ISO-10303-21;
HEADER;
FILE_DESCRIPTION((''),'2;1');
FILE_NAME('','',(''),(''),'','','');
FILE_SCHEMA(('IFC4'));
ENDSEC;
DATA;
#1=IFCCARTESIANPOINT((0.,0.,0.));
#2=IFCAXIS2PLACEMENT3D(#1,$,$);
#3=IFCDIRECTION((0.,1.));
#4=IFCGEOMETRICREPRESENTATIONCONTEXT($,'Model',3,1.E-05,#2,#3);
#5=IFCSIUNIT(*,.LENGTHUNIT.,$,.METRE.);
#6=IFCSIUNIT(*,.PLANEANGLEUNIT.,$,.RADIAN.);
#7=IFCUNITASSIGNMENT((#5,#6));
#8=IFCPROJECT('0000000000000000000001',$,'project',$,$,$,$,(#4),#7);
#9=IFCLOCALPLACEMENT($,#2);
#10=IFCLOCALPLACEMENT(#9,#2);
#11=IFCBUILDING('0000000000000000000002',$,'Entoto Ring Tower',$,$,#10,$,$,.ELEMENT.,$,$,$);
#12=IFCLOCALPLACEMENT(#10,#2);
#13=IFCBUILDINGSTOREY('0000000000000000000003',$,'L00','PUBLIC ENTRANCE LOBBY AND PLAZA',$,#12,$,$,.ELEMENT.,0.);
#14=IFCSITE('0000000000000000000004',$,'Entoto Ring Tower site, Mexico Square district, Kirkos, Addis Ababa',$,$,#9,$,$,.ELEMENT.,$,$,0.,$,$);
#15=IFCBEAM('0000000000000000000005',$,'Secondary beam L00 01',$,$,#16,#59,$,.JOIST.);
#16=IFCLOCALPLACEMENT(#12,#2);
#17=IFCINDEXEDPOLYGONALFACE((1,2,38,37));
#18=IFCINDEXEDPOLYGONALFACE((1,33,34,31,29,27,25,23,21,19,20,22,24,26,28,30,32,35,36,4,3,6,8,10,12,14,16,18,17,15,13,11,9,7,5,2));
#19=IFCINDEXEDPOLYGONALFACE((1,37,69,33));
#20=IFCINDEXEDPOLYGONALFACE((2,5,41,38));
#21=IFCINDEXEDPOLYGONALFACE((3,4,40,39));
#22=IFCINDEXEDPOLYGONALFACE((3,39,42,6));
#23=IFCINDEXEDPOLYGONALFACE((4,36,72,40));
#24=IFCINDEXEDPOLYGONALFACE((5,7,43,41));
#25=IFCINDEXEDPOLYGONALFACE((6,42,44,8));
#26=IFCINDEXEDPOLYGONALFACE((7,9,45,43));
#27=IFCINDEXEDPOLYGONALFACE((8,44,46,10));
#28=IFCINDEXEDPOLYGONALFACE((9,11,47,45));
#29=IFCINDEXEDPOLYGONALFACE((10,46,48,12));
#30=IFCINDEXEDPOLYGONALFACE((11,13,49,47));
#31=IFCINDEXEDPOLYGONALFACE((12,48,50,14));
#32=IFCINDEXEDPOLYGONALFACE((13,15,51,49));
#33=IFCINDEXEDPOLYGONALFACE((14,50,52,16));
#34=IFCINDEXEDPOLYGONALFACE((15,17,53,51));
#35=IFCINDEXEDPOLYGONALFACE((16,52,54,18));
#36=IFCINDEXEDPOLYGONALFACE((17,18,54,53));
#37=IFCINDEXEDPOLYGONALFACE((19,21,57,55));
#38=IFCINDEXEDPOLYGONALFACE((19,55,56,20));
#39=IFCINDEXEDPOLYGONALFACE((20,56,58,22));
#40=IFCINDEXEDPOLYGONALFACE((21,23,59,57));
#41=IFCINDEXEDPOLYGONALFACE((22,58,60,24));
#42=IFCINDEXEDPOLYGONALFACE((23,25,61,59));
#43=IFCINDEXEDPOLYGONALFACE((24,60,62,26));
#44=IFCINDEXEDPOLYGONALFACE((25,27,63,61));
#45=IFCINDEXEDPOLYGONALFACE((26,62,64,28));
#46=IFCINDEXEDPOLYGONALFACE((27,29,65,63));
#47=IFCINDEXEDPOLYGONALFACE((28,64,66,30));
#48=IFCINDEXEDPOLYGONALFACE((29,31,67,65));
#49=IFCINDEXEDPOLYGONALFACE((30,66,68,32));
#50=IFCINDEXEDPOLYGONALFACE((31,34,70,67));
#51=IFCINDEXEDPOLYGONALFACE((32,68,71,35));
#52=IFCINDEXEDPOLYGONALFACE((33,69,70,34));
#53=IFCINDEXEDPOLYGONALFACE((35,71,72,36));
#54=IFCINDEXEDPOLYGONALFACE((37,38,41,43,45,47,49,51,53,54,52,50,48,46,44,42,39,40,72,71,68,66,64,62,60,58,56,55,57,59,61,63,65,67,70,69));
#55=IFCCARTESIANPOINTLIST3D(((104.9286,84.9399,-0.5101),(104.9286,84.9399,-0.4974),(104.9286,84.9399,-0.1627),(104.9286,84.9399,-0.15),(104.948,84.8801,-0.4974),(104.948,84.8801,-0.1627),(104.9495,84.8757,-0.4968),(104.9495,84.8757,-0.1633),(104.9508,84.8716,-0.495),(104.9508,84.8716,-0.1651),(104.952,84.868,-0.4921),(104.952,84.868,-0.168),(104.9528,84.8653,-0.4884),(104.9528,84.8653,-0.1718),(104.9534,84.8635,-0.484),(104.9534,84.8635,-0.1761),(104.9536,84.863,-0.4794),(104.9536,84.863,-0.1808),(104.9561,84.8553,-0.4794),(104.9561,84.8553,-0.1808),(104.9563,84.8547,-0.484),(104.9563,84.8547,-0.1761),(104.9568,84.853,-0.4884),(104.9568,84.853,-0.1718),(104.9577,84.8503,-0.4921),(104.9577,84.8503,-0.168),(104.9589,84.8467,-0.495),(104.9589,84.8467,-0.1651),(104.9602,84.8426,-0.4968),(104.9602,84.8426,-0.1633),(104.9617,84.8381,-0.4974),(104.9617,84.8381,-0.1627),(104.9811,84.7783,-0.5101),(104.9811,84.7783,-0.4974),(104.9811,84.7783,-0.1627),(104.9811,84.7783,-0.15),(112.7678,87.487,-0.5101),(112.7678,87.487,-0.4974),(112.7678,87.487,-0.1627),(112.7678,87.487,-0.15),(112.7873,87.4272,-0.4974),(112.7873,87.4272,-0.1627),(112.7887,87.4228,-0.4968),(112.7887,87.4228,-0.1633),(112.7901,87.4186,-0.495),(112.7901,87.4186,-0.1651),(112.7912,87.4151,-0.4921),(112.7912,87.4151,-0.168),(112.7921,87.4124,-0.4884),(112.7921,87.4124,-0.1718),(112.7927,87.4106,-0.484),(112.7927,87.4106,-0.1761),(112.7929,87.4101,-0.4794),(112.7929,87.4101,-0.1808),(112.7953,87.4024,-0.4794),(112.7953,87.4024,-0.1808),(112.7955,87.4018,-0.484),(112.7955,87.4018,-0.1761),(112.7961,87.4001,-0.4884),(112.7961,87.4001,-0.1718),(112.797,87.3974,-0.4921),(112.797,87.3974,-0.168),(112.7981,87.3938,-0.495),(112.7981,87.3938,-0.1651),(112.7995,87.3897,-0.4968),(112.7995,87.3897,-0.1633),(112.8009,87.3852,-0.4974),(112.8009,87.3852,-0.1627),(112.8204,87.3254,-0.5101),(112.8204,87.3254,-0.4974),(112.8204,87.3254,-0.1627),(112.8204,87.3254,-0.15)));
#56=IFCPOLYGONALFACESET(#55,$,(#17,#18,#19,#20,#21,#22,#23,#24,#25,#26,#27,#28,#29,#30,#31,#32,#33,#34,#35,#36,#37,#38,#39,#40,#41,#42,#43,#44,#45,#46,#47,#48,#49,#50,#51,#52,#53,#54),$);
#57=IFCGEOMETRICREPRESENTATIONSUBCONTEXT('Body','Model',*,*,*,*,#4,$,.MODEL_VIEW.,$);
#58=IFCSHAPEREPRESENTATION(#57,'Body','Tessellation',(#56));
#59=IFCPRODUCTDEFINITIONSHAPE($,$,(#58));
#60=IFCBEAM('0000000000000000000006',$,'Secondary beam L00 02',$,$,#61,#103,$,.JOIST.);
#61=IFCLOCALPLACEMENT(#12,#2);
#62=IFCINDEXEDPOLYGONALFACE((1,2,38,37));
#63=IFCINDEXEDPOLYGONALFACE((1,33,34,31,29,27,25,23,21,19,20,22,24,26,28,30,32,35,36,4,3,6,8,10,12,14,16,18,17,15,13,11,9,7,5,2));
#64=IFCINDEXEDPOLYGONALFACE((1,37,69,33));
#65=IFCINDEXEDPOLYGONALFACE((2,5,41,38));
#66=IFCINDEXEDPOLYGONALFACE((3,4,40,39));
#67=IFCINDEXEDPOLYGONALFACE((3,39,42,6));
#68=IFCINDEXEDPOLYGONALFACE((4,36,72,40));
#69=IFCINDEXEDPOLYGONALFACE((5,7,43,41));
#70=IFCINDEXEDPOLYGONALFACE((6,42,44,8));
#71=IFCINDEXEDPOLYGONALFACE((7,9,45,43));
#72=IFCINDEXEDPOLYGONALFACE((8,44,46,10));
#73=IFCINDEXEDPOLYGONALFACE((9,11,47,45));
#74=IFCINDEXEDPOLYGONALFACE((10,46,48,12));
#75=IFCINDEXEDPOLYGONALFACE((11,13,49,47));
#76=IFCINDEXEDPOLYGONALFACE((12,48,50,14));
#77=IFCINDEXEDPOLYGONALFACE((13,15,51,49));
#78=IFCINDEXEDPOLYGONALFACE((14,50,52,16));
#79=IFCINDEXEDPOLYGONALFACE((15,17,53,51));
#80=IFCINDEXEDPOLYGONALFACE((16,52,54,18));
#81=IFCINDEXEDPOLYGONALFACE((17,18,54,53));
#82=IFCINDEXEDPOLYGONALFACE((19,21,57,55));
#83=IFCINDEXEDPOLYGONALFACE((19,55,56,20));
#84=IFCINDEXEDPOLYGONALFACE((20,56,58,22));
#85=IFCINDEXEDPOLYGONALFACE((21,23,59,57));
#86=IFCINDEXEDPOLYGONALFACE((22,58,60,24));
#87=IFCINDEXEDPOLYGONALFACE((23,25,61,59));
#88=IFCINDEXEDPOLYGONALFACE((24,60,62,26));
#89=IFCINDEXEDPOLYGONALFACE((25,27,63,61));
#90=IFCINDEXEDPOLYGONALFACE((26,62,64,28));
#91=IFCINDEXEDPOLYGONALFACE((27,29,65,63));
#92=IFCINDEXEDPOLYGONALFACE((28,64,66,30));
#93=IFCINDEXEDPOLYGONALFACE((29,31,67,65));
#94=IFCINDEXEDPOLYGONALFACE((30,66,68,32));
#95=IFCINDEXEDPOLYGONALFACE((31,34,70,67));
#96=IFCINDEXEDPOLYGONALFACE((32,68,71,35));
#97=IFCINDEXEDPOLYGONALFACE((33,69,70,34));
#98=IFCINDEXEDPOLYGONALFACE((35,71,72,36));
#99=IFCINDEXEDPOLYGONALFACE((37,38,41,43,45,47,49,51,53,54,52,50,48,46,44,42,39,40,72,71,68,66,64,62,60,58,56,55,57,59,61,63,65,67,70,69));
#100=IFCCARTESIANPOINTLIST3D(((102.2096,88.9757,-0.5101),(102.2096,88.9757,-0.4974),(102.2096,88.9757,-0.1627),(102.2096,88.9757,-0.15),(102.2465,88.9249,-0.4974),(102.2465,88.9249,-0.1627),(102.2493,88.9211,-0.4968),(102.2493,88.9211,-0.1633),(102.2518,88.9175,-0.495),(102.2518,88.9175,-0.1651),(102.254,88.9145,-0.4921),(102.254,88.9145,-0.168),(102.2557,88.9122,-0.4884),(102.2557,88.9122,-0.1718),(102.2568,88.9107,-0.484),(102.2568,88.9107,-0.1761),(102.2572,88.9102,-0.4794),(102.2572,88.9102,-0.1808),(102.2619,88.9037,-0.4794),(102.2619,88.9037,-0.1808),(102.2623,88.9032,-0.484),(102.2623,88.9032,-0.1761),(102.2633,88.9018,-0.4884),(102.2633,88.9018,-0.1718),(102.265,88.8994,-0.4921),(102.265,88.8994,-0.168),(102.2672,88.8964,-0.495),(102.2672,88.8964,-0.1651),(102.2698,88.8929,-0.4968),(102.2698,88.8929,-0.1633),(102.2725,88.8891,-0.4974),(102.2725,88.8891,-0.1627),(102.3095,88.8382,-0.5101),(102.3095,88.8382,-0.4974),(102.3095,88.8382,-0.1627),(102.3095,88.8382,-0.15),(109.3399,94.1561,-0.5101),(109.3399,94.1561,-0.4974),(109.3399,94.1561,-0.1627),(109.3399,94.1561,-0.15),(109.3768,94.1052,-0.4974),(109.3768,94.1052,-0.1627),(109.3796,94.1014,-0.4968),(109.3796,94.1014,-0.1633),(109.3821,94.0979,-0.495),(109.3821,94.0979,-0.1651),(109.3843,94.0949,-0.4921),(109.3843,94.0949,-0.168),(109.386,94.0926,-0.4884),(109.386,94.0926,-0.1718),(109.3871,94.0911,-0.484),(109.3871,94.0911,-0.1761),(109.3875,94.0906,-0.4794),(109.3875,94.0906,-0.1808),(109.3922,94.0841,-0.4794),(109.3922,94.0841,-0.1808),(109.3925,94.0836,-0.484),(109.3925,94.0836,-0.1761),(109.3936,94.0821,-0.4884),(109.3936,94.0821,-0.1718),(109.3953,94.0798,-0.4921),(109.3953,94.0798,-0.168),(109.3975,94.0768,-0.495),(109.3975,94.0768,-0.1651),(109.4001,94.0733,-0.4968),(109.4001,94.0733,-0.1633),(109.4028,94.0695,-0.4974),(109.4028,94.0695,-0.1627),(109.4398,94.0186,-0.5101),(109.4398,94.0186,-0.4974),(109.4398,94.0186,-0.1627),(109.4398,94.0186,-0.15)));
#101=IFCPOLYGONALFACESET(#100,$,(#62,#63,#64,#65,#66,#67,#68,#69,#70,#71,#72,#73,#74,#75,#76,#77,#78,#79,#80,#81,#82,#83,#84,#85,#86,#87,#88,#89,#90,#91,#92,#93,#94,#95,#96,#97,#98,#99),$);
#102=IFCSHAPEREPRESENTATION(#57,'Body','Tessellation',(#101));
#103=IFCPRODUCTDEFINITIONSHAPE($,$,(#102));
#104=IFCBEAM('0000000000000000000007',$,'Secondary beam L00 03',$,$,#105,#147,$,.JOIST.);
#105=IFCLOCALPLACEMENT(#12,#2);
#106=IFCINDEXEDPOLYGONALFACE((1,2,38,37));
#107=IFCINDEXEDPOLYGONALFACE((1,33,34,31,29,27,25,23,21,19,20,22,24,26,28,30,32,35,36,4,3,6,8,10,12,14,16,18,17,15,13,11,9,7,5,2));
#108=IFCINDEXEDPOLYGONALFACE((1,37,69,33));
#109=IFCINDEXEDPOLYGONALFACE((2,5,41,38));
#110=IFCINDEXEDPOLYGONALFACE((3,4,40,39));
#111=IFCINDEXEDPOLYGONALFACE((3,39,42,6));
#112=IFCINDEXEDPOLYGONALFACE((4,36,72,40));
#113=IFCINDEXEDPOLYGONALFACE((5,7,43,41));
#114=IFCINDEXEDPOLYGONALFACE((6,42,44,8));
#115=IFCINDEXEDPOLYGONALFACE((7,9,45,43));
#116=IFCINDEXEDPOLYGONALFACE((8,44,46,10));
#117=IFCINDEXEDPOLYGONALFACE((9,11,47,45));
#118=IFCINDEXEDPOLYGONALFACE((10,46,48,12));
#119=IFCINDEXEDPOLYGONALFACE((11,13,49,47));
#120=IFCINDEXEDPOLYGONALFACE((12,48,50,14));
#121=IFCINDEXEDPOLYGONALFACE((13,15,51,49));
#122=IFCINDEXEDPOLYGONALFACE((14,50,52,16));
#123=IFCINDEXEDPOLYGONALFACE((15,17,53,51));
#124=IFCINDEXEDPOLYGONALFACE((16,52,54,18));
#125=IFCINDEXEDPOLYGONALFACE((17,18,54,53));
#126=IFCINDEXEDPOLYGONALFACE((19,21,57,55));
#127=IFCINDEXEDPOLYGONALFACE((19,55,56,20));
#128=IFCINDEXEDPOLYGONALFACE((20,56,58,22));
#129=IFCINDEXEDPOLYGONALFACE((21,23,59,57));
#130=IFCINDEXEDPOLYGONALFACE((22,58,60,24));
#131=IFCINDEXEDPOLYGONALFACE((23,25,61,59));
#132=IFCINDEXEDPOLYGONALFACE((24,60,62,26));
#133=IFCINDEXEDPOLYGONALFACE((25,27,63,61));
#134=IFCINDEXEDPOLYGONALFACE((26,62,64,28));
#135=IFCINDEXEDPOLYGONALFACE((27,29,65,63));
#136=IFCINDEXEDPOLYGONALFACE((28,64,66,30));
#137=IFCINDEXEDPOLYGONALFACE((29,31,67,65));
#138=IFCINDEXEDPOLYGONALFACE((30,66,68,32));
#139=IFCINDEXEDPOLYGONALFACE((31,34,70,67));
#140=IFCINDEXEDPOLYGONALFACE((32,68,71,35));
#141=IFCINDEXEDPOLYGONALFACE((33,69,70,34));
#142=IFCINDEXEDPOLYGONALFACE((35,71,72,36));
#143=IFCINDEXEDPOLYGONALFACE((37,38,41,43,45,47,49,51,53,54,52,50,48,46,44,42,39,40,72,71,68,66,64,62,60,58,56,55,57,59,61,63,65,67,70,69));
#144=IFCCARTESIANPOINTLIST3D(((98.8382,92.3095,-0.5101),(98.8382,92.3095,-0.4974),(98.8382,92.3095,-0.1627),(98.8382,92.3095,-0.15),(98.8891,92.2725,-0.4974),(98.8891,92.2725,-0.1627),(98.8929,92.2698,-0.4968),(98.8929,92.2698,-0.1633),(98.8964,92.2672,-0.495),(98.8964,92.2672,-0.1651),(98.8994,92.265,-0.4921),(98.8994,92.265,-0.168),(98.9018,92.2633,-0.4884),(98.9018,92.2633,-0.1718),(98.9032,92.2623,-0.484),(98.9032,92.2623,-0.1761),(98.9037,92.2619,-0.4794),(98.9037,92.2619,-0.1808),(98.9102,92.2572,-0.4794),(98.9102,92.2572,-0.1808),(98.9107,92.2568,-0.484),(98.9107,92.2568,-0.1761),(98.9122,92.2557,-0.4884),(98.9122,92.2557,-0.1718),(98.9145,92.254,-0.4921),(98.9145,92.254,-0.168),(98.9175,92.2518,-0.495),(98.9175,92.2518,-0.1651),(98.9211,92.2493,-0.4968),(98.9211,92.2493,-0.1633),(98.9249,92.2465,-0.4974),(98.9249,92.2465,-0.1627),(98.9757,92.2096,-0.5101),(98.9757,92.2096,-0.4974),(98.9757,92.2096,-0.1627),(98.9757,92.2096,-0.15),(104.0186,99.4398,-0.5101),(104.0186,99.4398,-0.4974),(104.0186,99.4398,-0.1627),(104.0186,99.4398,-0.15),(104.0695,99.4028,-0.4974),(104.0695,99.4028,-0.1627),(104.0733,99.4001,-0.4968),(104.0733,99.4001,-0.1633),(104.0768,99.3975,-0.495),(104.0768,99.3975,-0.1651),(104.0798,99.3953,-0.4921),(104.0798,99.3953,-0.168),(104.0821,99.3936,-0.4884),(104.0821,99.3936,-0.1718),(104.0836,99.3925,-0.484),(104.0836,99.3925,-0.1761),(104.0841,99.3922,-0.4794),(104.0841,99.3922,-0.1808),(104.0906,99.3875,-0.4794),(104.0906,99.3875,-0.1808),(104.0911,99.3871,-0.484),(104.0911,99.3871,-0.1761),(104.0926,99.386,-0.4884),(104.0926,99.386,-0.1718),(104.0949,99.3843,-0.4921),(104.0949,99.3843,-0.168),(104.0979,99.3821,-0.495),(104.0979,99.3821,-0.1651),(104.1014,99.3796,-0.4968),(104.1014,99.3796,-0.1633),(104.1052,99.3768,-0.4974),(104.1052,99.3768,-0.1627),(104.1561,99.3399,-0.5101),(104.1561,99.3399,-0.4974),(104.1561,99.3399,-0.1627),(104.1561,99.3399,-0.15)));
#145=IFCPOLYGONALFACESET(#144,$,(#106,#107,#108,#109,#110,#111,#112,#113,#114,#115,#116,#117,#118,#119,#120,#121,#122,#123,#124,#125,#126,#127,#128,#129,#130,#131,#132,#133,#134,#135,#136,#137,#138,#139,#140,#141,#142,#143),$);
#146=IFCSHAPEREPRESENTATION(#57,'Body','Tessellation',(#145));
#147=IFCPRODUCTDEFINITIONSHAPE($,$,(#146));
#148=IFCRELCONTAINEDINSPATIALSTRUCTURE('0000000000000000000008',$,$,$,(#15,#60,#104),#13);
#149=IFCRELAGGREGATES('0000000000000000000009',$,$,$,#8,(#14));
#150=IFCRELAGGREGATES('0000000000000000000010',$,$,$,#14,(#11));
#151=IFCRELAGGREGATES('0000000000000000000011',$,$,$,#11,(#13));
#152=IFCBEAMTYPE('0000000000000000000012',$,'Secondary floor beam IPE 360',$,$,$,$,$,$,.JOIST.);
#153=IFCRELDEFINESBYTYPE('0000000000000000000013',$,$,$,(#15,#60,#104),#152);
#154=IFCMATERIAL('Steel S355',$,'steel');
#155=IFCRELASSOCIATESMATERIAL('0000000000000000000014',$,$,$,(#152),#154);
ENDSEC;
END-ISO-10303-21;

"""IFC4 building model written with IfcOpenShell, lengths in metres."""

from ifc_helpers import new_model, si_unit, direction, frame, origin, origin_2d, place, context, subcontext, project, spatial, i_section, extrude, material, material_profile, profile_set, type_object, element, save


model = new_model("IFC4")

# Units and contexts
model_context = context("Model", 3, precision=1e-05, world=origin(), true_north=direction((0.0, 1.0)))
body_context = subcontext(model_context, "Body", "Model", "MODEL_VIEW")
ifc_project = project(units=[si_unit("LENGTHUNIT", "METRE"), si_unit("PLANEANGLEUNIT", "RADIAN")], contexts=[model_context])

# Site, building, storey
site_placement = place(None, origin())
site = spatial("IfcSite", under=ifc_project, at=site_placement, Name="Entoto Ring Tower site, Mexico Square district, Kirkos, Addis Ababa", CompositionType="ELEMENT", RefElevation=0.0)
building_placement = place(site_placement, origin())
building = spatial("IfcBuilding", under=site, at=building_placement, Name="Entoto Ring Tower", CompositionType="ELEMENT")
storey_placement = place(building_placement, origin())
storey = spatial("IfcBuildingStorey", under=building, at=storey_placement, Name="L00", Description="PUBLIC ENTRANCE LOBBY AND PLAZA", CompositionType="ELEMENT", Elevation=0.0)

# Beams
ifc_material_1 = material(Name="Steel S355", Category="steel")
ifc_material_profile_1 = material_profile(ifc_material_1, i_section(OverallWidth=0.1699, OverallDepth=0.3601, WebThickness=0.0081, FlangeThickness=0.0127, FilletRadius=0.0181, at=origin_2d()), Name="IPE 360")
ifc_profile_set_1 = profile_set([ifc_material_profile_1], Name="Steel S355")
beam_type_1 = type_object("IfcBeamType", Name="Secondary floor beam IPE 360", PredefinedType="JOIST", material=ifc_profile_set_1)
beam_1_placement = place(storey_placement, frame((104.9548, 84.8591, -0.3301), z_axis=(0.951058, 0.309012, 0.0), x_axis=(-0.309012, 0.951058, 0.0)))
element("IfcBeam", 1, at=beam_1_placement, inside=storey, type_object=beam_type_1, Name="Secondary beam L00 01", PredefinedType="JOIST", context=body_context, shape_type="SweptSolid", body=[
    extrude(i_section(OverallWidth=0.1699, OverallDepth=0.3601, WebThickness=0.0081, FlangeThickness=0.0127, FilletRadius=0.0181, at=origin_2d()), origin(), (0.0, 0.0, 1.0), 8.2427),
])
for number, where, z_axis, x_axis, name in (
    (2, (102.2595, 88.907, -0.3301), (0.809022, 0.587778, 0.0), (-0.587778, 0.809022, 0.0), "Secondary beam L00 02"),
    (3, (98.907, 92.2595, -0.3301), (0.587778, 0.809022, 0.0), (-0.809022, 0.587778, 0.0), "Secondary beam L00 03"),
):
    element("IfcBeam", number, at=place(storey_placement, frame(where, z_axis=z_axis, x_axis=x_axis)), inside=storey, type_object=beam_type_1, Name=name, PredefinedType="JOIST", context=body_context, shape_type="SweptSolid", body=[
        extrude(i_section(OverallWidth=0.1699, OverallDepth=0.3601, WebThickness=0.0081, FlangeThickness=0.0127, FilletRadius=0.0181, at=origin_2d()), origin(), (0.0, 0.0, 1.0), 8.8135),
    ])

save(model, "model.ifc")
